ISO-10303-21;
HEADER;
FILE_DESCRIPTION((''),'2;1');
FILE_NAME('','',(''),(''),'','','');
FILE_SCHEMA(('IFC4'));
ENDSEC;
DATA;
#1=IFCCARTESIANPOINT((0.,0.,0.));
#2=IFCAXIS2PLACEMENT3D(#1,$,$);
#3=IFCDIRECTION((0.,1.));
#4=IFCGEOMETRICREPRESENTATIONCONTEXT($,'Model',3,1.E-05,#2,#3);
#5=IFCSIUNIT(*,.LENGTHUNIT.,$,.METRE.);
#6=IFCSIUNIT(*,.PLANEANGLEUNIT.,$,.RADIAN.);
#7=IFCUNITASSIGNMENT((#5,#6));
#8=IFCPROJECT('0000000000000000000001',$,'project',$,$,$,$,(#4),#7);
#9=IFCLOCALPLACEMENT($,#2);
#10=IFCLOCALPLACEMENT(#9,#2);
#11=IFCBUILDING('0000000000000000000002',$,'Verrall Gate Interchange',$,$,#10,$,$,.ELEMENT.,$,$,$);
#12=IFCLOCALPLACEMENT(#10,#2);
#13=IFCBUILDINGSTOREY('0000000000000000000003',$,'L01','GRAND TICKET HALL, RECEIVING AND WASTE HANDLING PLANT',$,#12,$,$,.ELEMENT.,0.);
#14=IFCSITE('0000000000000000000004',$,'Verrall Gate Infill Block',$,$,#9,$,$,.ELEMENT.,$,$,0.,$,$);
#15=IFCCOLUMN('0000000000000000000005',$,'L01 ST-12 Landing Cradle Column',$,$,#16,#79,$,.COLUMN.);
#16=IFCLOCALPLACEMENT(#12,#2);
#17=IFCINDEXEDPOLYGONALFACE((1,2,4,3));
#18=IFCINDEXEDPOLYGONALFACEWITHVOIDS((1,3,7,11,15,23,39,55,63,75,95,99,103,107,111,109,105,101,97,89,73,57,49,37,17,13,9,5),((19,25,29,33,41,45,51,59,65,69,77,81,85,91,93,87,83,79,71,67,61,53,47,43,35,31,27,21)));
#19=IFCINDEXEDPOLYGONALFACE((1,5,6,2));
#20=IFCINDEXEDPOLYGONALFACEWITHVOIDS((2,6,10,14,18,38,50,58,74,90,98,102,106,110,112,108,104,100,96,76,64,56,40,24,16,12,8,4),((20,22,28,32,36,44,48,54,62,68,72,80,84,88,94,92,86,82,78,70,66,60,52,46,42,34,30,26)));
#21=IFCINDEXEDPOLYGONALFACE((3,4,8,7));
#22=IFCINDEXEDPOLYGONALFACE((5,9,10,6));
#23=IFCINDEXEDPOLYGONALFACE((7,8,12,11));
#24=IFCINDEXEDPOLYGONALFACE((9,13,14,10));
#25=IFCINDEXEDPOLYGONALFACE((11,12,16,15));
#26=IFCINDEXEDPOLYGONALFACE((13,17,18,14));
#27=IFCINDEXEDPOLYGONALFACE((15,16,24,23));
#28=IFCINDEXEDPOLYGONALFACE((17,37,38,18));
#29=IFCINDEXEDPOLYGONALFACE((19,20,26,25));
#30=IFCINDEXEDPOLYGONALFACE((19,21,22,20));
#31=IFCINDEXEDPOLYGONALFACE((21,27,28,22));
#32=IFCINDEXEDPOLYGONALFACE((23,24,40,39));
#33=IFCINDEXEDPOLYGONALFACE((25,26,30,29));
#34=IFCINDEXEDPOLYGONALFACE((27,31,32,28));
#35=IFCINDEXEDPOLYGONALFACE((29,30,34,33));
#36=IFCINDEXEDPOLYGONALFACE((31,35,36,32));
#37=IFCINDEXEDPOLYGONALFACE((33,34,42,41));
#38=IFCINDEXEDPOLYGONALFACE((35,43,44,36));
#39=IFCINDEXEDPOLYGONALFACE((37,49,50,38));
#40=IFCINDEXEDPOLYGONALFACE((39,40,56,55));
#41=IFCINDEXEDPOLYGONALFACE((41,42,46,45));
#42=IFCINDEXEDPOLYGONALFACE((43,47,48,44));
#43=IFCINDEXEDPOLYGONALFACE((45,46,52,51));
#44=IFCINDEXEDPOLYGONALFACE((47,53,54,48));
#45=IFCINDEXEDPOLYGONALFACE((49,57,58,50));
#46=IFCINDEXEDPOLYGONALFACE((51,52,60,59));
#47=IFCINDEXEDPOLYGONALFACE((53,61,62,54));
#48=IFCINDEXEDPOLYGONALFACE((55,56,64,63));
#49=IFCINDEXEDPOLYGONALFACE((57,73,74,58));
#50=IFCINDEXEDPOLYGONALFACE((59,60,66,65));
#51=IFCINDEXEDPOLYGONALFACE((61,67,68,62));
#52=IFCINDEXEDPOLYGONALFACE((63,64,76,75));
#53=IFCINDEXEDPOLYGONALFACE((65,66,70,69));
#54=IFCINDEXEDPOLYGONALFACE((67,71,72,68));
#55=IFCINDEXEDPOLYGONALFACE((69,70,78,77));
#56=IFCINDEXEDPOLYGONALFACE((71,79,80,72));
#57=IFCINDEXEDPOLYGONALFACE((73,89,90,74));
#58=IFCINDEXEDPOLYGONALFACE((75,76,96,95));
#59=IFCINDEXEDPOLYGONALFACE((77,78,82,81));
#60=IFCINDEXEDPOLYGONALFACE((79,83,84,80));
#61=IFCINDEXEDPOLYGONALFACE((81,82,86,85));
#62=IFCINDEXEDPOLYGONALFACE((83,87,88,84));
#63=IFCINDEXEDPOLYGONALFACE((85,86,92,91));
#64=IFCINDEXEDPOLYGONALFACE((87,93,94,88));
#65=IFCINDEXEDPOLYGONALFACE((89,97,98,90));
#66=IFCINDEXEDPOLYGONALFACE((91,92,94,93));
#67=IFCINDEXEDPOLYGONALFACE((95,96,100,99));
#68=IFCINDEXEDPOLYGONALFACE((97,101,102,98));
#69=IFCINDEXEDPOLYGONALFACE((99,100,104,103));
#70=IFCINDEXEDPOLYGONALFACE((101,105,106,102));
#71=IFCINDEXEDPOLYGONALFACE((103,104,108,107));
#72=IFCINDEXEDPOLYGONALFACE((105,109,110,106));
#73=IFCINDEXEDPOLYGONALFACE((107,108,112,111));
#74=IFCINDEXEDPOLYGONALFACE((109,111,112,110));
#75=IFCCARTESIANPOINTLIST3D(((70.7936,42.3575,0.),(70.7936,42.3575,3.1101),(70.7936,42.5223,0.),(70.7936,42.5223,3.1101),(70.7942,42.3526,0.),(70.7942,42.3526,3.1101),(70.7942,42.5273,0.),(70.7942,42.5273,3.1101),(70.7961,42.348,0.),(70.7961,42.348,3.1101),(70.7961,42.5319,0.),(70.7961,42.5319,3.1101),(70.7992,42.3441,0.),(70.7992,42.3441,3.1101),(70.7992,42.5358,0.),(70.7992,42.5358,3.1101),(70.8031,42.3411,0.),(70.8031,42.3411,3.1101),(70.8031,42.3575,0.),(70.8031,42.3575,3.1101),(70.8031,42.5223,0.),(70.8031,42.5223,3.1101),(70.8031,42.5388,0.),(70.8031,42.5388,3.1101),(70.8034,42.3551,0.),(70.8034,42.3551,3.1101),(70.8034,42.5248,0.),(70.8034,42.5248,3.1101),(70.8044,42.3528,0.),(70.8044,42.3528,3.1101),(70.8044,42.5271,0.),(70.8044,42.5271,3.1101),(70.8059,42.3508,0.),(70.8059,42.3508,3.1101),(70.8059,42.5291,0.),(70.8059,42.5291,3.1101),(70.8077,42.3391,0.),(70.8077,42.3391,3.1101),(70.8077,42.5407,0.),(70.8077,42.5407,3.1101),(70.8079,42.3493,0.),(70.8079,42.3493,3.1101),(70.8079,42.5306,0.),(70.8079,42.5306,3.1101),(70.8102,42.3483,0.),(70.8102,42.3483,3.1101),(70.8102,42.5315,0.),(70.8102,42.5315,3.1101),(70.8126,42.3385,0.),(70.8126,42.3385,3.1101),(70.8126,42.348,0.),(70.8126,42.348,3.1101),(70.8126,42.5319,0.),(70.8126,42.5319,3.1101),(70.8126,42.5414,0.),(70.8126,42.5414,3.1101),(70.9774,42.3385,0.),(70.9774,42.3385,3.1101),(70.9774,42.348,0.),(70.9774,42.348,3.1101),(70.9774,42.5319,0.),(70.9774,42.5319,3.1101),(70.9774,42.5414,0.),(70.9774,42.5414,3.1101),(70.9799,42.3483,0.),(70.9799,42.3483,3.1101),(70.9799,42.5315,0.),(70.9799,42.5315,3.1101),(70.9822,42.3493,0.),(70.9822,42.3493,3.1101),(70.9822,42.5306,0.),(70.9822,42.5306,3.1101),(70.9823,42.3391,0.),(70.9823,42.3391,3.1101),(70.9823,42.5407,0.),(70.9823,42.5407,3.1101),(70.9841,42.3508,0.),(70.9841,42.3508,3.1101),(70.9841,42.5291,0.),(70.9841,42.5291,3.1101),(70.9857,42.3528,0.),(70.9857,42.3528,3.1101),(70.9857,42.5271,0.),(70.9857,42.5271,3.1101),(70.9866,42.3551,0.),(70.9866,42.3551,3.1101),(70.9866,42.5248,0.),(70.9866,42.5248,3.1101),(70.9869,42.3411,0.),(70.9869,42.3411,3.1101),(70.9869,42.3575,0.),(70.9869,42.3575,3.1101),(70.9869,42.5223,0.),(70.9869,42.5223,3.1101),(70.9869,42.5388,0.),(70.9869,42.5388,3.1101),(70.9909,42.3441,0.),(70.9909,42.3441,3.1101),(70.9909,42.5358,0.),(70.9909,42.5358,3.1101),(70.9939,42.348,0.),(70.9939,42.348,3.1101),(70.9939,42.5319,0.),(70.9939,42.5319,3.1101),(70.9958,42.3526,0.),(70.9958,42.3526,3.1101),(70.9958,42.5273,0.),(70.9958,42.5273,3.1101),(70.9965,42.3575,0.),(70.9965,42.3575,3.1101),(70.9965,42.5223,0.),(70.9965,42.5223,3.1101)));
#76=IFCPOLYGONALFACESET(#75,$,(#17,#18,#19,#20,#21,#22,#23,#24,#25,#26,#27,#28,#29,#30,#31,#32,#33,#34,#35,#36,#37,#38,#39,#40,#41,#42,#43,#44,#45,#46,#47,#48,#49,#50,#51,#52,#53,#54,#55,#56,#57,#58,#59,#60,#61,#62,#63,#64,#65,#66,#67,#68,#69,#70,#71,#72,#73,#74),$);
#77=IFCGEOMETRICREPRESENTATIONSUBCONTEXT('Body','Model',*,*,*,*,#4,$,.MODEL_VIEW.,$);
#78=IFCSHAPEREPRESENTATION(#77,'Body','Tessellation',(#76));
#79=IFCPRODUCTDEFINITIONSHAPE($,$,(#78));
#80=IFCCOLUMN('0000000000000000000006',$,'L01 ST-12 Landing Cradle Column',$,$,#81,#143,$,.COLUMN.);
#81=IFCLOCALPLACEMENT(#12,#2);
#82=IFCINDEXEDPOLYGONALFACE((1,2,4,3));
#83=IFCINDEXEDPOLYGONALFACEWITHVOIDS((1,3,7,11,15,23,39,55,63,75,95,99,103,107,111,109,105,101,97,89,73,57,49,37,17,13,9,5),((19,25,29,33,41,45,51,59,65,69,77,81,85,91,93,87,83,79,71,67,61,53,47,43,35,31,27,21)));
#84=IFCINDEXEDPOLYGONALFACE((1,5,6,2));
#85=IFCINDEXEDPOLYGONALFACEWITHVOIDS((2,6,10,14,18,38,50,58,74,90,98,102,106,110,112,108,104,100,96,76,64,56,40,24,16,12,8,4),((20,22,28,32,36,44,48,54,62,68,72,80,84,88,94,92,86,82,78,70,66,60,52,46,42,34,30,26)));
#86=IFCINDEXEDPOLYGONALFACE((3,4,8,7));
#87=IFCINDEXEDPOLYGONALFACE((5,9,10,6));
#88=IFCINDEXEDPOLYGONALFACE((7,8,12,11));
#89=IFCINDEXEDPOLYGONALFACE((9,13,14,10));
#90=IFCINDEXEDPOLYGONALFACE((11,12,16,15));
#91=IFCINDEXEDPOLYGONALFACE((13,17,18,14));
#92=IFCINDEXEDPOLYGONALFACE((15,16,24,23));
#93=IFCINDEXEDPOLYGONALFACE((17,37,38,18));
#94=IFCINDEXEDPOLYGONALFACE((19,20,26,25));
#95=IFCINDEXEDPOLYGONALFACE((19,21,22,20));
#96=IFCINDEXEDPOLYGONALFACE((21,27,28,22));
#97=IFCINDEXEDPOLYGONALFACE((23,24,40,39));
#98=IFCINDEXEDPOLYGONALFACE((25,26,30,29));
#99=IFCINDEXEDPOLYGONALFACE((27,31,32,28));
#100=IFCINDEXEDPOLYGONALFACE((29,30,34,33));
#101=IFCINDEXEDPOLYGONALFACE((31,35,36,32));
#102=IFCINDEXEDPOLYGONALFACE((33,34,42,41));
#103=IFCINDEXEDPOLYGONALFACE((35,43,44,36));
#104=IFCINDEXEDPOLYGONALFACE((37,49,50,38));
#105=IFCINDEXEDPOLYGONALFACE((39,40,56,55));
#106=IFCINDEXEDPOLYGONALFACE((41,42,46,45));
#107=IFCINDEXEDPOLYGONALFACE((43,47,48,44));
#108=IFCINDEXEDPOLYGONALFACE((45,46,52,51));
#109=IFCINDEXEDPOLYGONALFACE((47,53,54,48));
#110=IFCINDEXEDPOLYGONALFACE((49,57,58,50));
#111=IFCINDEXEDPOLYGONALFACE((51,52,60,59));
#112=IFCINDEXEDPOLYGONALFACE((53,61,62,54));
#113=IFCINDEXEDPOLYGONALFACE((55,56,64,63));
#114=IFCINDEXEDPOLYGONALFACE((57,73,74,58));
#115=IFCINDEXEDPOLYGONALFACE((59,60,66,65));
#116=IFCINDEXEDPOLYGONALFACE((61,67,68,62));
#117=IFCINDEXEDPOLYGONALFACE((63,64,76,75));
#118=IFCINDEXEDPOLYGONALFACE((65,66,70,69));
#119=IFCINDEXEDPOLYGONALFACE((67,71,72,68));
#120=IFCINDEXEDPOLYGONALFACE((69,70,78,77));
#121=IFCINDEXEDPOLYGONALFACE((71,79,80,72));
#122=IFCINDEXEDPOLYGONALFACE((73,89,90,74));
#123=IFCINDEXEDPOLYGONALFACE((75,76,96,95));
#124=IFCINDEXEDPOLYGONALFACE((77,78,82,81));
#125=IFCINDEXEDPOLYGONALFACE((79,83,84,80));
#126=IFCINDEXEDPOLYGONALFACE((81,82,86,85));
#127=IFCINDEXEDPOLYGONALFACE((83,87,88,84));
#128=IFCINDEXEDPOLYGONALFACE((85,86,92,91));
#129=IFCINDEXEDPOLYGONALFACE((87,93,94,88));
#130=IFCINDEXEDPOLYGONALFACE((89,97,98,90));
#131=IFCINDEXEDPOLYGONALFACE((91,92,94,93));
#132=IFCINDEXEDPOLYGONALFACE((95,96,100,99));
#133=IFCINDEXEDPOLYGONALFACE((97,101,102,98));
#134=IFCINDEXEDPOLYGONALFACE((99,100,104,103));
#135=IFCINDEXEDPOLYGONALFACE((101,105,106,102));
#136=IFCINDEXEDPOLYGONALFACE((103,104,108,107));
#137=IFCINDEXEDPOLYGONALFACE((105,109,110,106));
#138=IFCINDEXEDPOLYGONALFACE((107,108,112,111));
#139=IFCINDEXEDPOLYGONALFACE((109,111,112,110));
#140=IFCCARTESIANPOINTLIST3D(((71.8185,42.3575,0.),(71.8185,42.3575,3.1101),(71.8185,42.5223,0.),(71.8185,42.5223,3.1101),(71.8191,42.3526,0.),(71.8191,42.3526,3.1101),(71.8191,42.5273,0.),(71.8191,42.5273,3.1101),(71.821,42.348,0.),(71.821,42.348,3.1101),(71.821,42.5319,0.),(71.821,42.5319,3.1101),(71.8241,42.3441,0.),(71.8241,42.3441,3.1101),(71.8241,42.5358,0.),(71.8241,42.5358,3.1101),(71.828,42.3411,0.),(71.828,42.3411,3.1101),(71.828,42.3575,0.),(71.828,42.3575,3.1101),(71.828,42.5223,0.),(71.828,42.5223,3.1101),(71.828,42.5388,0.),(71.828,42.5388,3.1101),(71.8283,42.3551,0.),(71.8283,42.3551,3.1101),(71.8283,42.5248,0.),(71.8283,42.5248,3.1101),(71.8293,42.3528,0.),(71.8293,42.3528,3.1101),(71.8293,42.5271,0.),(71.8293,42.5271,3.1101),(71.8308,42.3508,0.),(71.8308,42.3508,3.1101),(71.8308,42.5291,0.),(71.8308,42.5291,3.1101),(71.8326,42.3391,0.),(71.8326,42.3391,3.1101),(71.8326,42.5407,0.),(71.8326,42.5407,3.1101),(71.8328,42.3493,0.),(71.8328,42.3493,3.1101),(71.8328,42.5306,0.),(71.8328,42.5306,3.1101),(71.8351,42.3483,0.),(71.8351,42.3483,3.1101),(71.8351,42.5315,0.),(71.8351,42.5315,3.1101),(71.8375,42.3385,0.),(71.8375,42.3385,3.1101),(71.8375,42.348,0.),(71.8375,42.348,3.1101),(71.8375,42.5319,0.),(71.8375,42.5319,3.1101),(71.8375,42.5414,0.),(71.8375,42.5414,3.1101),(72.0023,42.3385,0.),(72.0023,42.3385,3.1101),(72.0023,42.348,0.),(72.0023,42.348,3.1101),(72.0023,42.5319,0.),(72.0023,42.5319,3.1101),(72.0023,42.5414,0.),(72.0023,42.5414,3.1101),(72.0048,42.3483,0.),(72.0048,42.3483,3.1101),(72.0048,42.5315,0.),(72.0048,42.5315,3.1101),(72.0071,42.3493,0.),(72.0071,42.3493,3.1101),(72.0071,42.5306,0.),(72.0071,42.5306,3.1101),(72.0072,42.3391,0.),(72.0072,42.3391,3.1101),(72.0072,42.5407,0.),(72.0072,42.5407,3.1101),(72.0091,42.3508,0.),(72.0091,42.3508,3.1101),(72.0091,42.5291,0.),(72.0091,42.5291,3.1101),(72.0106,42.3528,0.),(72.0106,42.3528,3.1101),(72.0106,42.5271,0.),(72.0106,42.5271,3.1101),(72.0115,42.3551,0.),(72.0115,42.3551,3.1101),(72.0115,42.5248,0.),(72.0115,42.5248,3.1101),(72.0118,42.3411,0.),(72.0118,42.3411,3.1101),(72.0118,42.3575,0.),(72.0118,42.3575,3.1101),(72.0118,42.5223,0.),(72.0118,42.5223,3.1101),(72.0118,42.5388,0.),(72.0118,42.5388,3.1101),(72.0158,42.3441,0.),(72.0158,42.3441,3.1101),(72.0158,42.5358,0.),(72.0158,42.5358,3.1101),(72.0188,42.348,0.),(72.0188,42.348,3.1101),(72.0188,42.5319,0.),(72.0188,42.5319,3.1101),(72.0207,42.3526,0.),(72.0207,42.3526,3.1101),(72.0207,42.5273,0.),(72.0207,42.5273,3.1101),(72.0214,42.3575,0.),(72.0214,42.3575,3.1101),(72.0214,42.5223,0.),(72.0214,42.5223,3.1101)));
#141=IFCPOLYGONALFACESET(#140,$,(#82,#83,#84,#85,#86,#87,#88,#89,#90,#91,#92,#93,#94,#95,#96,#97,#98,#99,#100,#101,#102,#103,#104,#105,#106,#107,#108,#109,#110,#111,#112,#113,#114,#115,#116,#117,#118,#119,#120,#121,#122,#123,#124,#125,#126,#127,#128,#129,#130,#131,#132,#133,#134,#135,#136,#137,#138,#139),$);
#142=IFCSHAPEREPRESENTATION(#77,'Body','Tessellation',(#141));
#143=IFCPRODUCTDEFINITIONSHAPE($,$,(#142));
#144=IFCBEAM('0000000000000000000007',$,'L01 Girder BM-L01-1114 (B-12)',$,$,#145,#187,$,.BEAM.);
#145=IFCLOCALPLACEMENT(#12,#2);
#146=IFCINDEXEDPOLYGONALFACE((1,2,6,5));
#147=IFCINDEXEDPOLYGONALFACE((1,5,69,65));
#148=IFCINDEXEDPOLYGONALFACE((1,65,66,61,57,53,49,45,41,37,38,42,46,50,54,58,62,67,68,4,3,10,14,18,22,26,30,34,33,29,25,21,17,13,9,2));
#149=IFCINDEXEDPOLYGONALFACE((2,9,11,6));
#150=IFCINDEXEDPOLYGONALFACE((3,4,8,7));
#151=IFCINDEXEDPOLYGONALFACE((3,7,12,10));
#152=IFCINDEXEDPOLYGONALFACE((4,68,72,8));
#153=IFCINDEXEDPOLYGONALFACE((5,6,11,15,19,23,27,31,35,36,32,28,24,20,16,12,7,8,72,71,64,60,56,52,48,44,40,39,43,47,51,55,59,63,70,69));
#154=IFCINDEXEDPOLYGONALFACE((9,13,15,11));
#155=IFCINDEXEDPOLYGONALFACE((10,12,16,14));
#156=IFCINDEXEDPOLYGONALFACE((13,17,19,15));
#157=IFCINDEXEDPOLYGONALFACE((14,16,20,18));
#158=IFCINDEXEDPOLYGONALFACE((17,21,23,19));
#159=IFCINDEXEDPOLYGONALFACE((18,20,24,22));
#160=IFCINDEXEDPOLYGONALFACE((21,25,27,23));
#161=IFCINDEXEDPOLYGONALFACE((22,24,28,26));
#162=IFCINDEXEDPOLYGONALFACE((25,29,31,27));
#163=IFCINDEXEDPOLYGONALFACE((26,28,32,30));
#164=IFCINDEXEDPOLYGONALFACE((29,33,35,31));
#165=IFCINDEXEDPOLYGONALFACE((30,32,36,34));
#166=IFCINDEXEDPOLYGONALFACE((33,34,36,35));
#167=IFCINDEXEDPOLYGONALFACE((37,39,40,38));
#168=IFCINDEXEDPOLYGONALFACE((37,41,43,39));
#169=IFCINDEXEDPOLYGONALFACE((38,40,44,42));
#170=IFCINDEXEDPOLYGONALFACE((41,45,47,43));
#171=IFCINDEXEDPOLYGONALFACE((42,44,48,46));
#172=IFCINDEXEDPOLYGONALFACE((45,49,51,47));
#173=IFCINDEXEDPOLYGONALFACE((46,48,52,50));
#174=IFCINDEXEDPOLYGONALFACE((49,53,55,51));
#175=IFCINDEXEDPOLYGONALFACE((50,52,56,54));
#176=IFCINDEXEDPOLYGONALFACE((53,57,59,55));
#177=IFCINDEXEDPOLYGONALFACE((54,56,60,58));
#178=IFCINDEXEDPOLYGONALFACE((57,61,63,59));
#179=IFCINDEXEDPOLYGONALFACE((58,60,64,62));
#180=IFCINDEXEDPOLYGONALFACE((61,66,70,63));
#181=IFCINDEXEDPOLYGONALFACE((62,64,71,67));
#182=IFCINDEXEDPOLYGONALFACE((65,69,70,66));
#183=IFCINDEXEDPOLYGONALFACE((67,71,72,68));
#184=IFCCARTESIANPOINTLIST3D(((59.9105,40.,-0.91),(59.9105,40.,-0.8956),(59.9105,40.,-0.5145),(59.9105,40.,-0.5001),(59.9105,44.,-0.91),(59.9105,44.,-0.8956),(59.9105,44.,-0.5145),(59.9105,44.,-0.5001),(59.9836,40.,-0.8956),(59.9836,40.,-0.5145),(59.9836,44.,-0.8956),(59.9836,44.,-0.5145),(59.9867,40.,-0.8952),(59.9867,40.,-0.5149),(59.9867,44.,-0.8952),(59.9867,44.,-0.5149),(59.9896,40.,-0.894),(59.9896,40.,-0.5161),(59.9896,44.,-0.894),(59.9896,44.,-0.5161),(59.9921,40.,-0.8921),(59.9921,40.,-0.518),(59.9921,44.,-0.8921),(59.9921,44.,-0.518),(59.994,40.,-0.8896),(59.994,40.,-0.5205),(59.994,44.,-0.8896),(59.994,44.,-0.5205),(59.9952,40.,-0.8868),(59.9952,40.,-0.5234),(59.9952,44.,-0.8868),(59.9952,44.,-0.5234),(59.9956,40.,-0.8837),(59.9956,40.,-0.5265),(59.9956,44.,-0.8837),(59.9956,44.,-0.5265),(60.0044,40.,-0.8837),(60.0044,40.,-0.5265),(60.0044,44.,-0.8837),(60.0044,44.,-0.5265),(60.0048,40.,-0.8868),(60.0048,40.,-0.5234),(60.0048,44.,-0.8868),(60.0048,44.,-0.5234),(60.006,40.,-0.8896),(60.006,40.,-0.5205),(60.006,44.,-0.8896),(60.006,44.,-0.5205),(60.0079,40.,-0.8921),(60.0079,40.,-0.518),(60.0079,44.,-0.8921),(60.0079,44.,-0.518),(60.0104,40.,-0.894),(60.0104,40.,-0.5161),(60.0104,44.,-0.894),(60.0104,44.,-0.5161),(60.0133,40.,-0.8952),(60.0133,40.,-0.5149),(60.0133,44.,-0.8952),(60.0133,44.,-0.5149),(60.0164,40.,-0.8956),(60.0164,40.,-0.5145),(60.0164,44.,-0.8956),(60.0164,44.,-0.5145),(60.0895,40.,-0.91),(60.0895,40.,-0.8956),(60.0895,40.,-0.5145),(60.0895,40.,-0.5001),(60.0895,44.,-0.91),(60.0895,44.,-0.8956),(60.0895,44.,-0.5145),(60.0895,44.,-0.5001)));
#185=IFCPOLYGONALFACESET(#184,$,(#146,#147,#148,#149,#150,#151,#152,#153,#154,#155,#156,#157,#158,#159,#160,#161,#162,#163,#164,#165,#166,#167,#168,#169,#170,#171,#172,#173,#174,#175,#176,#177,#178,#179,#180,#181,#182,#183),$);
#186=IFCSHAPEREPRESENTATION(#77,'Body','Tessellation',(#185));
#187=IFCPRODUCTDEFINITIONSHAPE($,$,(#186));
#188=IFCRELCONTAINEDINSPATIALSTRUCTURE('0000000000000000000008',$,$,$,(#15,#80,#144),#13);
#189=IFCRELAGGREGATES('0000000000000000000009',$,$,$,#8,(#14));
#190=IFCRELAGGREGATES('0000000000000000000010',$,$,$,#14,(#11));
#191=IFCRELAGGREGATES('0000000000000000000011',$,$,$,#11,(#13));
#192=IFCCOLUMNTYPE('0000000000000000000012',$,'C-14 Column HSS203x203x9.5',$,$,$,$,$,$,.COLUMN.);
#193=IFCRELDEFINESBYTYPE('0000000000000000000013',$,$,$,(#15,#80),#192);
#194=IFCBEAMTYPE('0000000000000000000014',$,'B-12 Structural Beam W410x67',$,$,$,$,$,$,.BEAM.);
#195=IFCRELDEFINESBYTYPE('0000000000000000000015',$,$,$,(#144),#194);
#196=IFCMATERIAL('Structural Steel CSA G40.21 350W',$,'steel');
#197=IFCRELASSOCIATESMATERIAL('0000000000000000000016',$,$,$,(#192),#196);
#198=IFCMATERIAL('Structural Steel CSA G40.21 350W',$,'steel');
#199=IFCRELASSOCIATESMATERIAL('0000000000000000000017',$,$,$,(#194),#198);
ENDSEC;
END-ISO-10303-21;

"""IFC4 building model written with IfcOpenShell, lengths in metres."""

from ifc_helpers import new_model, si_unit, direction, frame, origin, origin_2d, place, context, subcontext, project, spatial, hollow_rectangle, i_section, extrude, material, material_profile, profile_set, type_object, element, save


model = new_model("IFC4")

# Units and contexts
model_context = context("Model", 3, precision=1e-05, world=origin(), true_north=direction((0.0, 1.0)))
body_context = subcontext(model_context, "Body", "Model", "MODEL_VIEW")
ifc_project = project(units=[si_unit("LENGTHUNIT", "METRE"), si_unit("PLANEANGLEUNIT", "RADIAN")], contexts=[model_context])

# Site, building, storey
site_placement = place(None, origin())
site = spatial("IfcSite", under=ifc_project, at=site_placement, Name="Verrall Gate Infill Block", CompositionType="ELEMENT", RefElevation=0.0)
building_placement = place(site_placement, origin())
building = spatial("IfcBuilding", under=site, at=building_placement, Name="Verrall Gate Interchange", CompositionType="ELEMENT")
storey_placement = place(building_placement, origin())
storey = spatial("IfcBuildingStorey", under=building, at=storey_placement, Name="L01", Description="GRAND TICKET HALL, RECEIVING AND WASTE HANDLING PLANT", CompositionType="ELEMENT", Elevation=0.0)

# Columns
ifc_material_1 = material(Name="Structural Steel CSA G40.21 350W", Category="steel")
ifc_material_profile_1 = material_profile(ifc_material_1, hollow_rectangle(XDim=0.2029, YDim=0.2029, WallThickness=0.0095, InnerFilletRadius=0.0095, OuterFilletRadius=0.019, at=origin_2d()), Name="HSS203x203x9.5")
ifc_profile_set_1 = profile_set([ifc_material_profile_1], Name="Structural Steel CSA G40.21 350W")
column_type_1 = type_object("IfcColumnType", Name="C-14 Column HSS203x203x9.5", PredefinedType="COLUMN", material=ifc_profile_set_1)
for number, where, z_axis, x_axis, name in (
    (1, (70.895, 42.4399, 0.0), (0.0, 0.0, 1.0), (1.0, 0.0, 0.0), "L01 ST-12 Landing Cradle Column"),
    (2, (71.9199, 42.4399, 0.0), (0.0, 0.0, 1.0), (1.0, 0.0, 0.0), "L01 ST-12 Landing Cradle Column"),
):
    element("IfcColumn", number, at=place(storey_placement, frame(where, z_axis=z_axis, x_axis=x_axis)), inside=storey, type_object=column_type_1, Name=name, PredefinedType="COLUMN", context=body_context, shape_type="SweptSolid", body=[
        extrude(hollow_rectangle(XDim=0.2029, YDim=0.2029, WallThickness=0.0095, InnerFilletRadius=0.0095, OuterFilletRadius=0.019, at=origin_2d()), origin(), (0.0, 0.0, 1.0), 3.1101),
    ])

# Beam
ifc_material_2 = material(Name="Structural Steel CSA G40.21 350W", Category="steel")
ifc_material_profile_2 = material_profile(ifc_material_2, i_section(OverallWidth=0.179, OverallDepth=0.4099, WebThickness=0.0088, FlangeThickness=0.0144, FilletRadius=0.012, at=origin_2d()), Name="W410x67")
ifc_profile_set_2 = profile_set([ifc_material_profile_2], Name="Structural Steel CSA G40.21 350W")
beam_type_1 = type_object("IfcBeamType", Name="B-12 Structural Beam W410x67", PredefinedType="BEAM", material=ifc_profile_set_2)
for number, where, z_axis, x_axis, name in (
    (3, (60.0, 40.0, -0.7051), (0.0, 1.0, 0.0), (-1.0, 0.0, 0.0), "L01 Girder BM-L01-1114 (B-12)"),
):
    element("IfcBeam", number, at=place(storey_placement, frame(where, z_axis=z_axis, x_axis=x_axis)), inside=storey, type_object=beam_type_1, Name=name, PredefinedType="BEAM", context=body_context, shape_type="SweptSolid", body=[
        extrude(i_section(OverallWidth=0.179, OverallDepth=0.4099, WebThickness=0.0088, FlangeThickness=0.0144, FilletRadius=0.012, at=origin_2d()), origin(), (0.0, 0.0, 1.0), 4.0),
    ])

save(model, "model.ifc")
